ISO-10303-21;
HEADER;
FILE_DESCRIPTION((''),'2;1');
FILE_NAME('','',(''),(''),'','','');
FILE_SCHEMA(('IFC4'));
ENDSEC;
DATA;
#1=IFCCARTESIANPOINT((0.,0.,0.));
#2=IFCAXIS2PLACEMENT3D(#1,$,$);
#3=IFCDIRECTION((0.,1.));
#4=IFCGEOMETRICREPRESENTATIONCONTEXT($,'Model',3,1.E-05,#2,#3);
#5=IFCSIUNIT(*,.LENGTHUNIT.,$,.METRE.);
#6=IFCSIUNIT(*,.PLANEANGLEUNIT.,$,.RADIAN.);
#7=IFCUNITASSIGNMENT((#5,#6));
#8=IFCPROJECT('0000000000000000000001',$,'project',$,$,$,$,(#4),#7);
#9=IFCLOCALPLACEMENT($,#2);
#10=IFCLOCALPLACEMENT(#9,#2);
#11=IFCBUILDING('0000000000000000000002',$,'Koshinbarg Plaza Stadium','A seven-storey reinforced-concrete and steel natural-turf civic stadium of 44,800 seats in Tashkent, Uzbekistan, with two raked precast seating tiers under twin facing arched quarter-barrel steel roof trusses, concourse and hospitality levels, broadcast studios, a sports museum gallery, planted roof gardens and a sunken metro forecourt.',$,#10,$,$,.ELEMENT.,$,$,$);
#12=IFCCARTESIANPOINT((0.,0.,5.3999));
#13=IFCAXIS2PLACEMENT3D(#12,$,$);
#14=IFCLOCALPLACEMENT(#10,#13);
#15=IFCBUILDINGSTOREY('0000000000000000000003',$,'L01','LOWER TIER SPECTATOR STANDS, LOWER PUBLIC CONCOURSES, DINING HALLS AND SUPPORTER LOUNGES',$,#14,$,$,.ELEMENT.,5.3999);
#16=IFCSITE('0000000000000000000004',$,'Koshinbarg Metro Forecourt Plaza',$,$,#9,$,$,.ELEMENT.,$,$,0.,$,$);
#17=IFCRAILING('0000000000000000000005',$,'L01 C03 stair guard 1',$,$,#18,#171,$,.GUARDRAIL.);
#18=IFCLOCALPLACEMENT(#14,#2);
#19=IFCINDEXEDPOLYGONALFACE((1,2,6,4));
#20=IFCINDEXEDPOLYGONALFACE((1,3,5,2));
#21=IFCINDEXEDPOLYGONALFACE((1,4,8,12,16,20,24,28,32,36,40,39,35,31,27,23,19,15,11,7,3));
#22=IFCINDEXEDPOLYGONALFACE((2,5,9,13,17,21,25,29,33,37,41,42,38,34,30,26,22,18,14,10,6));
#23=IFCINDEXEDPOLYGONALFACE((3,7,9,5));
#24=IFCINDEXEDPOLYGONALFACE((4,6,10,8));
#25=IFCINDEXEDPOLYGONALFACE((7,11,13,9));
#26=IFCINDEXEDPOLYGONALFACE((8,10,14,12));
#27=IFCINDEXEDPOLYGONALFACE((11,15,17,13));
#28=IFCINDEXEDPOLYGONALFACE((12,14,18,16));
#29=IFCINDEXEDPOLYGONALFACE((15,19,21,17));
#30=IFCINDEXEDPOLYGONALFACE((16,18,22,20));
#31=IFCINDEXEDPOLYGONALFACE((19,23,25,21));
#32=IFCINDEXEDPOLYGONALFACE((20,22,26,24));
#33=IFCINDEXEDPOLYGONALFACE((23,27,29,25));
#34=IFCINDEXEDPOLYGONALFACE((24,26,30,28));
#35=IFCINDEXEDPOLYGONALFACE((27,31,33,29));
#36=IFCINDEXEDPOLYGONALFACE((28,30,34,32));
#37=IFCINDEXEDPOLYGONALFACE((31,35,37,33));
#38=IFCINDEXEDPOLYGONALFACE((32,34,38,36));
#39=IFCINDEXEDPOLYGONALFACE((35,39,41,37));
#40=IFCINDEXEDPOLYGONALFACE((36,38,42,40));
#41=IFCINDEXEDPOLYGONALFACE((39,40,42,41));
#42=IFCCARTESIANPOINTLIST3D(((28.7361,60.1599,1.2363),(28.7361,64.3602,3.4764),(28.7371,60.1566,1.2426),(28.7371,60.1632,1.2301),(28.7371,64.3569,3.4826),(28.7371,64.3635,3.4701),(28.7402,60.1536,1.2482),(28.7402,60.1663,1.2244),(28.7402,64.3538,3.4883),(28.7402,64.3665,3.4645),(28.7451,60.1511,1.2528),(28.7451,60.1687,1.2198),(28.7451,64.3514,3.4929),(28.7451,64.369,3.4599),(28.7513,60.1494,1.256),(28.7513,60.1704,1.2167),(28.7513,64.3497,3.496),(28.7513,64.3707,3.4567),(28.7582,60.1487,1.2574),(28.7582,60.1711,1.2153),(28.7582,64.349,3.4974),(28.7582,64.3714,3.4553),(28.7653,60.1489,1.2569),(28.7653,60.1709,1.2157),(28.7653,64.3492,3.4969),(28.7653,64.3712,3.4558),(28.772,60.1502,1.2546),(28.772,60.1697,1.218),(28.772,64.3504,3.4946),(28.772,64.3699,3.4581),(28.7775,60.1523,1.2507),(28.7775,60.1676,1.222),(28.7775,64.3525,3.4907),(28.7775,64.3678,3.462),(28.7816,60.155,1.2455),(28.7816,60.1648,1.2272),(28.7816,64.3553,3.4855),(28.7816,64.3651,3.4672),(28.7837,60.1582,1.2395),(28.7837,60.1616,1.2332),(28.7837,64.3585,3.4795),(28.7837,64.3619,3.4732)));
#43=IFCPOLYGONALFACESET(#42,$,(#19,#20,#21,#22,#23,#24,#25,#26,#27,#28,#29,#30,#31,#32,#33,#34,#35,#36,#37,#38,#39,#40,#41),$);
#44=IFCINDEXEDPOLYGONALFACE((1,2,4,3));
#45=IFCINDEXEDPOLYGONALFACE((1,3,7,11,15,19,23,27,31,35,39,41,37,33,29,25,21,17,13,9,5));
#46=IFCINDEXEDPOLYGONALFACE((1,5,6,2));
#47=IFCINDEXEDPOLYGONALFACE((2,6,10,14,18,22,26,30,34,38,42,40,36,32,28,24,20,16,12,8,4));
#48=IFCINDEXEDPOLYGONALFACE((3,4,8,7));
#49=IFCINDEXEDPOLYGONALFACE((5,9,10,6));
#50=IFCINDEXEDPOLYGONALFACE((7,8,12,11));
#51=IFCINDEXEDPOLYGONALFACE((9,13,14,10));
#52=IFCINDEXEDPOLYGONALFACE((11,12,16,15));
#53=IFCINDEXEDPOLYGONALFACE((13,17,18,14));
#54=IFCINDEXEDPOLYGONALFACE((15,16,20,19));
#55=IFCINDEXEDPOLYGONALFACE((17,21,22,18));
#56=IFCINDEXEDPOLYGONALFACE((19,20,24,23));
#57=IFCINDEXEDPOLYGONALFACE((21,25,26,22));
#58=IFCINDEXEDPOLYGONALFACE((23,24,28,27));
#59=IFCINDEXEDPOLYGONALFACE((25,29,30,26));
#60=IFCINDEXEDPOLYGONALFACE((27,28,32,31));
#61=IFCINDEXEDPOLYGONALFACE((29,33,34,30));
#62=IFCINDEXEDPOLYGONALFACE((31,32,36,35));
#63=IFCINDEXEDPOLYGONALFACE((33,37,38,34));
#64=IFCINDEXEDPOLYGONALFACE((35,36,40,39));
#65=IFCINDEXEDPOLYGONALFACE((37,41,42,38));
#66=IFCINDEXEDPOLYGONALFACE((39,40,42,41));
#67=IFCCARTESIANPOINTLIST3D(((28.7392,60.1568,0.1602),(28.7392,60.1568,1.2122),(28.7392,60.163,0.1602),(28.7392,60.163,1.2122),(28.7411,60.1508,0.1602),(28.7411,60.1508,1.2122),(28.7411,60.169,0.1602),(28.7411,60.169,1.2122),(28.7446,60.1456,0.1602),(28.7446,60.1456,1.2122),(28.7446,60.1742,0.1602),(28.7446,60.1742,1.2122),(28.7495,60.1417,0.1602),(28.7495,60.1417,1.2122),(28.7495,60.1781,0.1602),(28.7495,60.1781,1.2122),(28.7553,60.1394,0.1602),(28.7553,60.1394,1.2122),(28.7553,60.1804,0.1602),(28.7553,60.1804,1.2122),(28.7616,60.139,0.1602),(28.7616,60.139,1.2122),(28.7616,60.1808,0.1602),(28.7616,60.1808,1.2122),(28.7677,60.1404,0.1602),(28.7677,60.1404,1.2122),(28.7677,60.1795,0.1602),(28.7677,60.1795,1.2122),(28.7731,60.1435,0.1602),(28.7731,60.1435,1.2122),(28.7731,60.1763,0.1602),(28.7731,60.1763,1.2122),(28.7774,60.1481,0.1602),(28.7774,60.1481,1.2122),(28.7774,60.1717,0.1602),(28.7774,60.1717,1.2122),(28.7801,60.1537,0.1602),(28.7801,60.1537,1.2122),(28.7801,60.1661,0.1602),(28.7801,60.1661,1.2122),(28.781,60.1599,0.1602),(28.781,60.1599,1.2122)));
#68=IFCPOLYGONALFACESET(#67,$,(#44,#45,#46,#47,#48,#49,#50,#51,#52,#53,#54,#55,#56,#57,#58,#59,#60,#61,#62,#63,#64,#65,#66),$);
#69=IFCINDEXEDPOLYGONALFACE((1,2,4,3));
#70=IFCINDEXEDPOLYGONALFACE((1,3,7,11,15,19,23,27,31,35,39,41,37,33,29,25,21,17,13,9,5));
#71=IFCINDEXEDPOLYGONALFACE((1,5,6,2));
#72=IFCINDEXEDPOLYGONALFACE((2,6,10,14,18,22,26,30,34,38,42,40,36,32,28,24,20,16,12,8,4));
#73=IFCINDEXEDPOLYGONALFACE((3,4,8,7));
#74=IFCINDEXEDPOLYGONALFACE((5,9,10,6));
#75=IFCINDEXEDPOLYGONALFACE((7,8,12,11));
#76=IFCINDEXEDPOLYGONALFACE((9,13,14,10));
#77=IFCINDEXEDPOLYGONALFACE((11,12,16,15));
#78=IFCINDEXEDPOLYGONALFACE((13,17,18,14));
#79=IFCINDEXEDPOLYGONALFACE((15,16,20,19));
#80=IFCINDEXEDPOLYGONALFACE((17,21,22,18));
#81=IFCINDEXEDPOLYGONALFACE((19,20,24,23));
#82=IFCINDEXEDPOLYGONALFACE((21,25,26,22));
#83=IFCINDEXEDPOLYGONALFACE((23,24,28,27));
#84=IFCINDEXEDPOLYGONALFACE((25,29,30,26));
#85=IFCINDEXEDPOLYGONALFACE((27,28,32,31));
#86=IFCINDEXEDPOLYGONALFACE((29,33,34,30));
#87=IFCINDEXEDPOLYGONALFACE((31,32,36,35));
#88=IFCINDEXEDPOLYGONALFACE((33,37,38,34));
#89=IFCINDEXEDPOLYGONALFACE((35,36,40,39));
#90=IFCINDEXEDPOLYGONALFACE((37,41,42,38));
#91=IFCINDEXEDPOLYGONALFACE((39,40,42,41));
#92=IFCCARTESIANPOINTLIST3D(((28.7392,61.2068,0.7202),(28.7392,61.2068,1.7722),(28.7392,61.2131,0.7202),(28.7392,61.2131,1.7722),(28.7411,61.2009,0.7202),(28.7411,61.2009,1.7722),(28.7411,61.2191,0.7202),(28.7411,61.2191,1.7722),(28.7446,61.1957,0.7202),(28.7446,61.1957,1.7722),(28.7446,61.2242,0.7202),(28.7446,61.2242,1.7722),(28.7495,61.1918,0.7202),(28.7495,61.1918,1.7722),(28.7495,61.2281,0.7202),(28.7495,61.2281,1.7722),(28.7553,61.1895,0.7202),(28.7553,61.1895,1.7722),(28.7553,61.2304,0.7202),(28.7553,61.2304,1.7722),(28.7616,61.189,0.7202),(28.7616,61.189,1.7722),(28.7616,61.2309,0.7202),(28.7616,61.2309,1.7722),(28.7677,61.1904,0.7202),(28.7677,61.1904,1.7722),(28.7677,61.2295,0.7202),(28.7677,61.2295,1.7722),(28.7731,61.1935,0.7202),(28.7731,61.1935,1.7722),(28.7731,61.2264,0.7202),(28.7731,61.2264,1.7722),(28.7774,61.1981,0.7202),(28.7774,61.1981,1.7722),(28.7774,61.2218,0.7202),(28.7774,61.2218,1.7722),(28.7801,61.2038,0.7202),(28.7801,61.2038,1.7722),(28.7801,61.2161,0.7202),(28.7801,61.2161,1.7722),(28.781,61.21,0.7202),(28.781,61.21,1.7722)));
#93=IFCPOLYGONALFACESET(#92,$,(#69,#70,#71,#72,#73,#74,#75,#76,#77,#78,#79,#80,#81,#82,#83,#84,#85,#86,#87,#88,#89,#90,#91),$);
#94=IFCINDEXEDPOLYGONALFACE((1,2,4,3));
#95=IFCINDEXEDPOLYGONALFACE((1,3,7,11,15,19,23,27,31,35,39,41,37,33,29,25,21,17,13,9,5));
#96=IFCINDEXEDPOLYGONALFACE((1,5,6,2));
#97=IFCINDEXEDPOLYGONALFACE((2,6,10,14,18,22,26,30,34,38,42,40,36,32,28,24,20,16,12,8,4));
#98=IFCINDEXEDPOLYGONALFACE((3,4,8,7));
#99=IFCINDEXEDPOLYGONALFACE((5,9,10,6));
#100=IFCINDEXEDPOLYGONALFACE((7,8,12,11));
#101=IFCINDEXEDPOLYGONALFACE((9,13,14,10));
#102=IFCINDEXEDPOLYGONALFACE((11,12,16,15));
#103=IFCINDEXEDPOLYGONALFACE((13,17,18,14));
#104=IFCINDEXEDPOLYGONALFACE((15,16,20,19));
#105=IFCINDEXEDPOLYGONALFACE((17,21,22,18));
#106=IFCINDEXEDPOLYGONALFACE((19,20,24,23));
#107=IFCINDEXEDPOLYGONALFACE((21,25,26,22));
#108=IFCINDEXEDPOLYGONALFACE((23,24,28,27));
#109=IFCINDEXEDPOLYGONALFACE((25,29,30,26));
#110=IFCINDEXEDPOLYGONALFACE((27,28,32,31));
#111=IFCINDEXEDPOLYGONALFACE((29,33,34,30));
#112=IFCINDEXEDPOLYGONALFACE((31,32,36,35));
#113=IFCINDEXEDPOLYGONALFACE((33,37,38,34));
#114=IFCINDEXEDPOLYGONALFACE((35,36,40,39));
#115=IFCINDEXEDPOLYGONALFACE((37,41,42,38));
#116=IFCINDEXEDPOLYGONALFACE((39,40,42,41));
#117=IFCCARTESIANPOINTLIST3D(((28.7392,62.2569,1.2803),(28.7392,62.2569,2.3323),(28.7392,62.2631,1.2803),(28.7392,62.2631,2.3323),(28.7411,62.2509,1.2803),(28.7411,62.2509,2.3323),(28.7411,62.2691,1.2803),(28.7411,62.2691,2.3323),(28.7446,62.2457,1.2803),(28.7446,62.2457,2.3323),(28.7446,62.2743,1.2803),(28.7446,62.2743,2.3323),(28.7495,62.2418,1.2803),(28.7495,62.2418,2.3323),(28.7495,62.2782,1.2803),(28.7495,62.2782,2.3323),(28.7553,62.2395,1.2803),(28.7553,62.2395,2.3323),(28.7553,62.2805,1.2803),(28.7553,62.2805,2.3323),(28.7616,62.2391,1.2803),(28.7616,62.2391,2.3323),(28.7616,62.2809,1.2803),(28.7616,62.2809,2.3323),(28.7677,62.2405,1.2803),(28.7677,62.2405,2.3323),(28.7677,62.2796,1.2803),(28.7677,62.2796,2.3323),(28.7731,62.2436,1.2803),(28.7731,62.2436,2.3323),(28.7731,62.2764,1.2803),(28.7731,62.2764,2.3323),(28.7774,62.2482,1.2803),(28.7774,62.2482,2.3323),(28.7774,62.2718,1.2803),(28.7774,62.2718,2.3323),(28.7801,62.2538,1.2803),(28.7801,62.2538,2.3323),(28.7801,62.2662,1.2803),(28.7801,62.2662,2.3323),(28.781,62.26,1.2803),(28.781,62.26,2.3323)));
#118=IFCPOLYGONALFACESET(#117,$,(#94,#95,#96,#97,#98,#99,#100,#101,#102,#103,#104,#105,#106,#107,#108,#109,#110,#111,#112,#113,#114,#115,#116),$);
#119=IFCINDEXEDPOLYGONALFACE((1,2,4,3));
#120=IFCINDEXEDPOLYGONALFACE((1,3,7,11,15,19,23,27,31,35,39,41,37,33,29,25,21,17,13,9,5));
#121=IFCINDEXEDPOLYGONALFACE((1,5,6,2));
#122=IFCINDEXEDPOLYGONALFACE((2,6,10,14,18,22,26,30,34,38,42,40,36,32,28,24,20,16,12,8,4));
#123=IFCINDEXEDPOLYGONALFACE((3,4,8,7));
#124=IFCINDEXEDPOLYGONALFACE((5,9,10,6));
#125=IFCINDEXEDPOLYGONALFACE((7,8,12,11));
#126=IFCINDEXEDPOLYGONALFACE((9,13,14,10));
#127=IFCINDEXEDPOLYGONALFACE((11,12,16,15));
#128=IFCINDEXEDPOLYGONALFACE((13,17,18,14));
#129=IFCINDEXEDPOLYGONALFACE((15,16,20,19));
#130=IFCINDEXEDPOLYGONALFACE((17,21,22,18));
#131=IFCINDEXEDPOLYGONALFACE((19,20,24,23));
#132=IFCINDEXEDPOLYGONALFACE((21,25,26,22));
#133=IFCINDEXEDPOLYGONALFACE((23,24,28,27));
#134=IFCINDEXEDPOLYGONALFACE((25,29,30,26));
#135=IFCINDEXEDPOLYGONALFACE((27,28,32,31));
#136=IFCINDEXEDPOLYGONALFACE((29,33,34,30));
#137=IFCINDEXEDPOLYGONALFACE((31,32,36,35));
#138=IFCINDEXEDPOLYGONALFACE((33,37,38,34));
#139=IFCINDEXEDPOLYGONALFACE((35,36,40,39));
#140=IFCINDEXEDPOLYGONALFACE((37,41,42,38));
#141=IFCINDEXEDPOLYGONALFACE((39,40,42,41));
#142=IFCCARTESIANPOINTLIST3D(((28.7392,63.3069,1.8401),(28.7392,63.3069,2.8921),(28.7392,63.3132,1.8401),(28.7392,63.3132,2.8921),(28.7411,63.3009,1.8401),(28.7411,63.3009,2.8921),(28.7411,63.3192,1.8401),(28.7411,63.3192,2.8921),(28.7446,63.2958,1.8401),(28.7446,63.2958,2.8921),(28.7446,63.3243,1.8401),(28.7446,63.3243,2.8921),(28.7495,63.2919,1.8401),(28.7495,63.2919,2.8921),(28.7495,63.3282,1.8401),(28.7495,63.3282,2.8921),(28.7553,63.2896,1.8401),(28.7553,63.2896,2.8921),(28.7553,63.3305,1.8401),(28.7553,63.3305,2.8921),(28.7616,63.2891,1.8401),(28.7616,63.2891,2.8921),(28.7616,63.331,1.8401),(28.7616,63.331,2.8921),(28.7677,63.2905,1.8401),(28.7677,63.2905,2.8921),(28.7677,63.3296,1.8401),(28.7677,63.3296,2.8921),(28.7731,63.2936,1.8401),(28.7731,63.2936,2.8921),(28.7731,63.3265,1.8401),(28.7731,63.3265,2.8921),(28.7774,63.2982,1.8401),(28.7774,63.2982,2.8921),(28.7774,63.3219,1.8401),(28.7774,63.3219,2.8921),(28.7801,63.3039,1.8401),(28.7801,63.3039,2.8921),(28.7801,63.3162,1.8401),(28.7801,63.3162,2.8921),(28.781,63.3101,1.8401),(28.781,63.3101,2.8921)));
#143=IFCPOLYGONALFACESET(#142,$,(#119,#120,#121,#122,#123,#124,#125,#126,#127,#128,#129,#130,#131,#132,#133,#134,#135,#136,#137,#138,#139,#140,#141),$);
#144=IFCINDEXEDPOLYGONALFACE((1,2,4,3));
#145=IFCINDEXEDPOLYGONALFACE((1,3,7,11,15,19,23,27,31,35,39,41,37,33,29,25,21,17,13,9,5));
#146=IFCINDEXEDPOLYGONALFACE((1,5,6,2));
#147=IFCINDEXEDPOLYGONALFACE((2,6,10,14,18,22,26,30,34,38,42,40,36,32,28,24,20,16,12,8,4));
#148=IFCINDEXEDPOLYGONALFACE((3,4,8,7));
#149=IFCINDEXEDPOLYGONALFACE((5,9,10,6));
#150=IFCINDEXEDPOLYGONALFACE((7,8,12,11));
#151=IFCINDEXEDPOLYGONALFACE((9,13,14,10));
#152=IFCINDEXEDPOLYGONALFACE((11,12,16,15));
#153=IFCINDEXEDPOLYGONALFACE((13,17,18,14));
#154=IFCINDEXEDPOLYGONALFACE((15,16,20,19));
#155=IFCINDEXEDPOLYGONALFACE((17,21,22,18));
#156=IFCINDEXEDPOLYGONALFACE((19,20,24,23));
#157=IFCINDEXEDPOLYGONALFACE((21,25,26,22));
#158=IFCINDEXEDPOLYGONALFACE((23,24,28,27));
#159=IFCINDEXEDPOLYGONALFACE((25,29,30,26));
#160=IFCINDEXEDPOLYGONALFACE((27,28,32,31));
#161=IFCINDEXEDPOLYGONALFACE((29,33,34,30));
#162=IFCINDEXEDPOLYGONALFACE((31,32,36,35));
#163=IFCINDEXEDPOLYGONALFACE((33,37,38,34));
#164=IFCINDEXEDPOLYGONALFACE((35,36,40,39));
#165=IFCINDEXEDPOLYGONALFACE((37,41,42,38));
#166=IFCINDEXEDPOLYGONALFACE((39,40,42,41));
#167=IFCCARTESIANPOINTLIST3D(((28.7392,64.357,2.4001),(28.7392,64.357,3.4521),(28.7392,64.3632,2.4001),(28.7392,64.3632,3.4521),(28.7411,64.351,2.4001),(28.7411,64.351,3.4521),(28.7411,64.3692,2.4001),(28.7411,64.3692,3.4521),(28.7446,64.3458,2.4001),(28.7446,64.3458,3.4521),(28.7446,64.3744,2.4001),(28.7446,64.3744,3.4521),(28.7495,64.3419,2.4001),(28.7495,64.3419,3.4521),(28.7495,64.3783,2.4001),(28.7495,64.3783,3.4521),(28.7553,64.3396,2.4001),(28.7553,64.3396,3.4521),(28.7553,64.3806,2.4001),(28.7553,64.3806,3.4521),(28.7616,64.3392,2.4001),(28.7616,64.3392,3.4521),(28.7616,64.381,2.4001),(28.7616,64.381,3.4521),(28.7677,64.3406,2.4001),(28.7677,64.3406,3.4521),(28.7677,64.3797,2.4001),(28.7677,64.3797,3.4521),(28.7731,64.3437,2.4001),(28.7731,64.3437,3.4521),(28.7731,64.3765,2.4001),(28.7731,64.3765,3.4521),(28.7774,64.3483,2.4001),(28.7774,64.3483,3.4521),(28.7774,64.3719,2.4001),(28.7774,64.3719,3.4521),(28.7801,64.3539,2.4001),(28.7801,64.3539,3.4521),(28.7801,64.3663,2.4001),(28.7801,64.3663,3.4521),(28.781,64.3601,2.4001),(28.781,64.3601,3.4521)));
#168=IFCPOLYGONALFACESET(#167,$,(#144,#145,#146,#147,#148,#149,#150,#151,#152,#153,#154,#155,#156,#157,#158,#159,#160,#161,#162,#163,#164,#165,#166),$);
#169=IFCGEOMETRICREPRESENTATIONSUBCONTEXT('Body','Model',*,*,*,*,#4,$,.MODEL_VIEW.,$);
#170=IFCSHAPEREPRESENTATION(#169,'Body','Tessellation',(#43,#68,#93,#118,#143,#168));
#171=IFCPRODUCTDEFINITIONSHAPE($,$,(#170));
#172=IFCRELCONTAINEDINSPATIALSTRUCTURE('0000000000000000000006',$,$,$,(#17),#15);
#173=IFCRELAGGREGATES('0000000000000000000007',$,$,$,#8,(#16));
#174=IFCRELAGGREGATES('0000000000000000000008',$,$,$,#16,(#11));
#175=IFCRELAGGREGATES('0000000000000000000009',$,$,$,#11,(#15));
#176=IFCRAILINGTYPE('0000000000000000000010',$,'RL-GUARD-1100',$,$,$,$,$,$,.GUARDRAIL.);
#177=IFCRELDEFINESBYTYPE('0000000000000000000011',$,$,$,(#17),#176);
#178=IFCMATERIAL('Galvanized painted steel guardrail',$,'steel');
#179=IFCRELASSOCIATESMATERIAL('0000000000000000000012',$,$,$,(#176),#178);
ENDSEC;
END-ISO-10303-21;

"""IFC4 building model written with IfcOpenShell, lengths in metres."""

from ifc_helpers import new_model, si_unit, direction, frame, origin, origin_2d, place, context, subcontext, project, spatial, circle, extrude, material, type_object, element, save


model = new_model("IFC4")

# Units and contexts
model_context = context("Model", 3, precision=1e-05, world=origin(), true_north=direction((0.0, 1.0)))
body_context = subcontext(model_context, "Body", "Model", "MODEL_VIEW")
ifc_project = project(units=[si_unit("LENGTHUNIT", "METRE"), si_unit("PLANEANGLEUNIT", "RADIAN")], contexts=[model_context])

# Site, building, storey
site_placement = place(None, origin())
site = spatial("IfcSite", under=ifc_project, at=site_placement, Name="Koshinbarg Metro Forecourt Plaza", CompositionType="ELEMENT", RefElevation=0.0)
building_placement = place(site_placement, origin())
building = spatial("IfcBuilding", under=site, at=building_placement, Name="Koshinbarg Plaza Stadium", Description="A seven-storey reinforced-concrete and steel natural-turf civic stadium of 44,800 seats in Tashkent, Uzbekistan, with two raked precast seating tiers under twin facing arched quarter-barrel steel roof trusses, concourse and hospitality levels, broadcast studios, a sports museum gallery, planted roof gardens and a sunken metro forecourt.", CompositionType="ELEMENT")
storey_placement = place(building_placement, frame((0.0, 0.0, 5.3999)))
storey = spatial("IfcBuildingStorey", under=building, at=storey_placement, Name="L01", Description="LOWER TIER SPECTATOR STANDS, LOWER PUBLIC CONCOURSES, DINING HALLS AND SUPPORTER LOUNGES", CompositionType="ELEMENT", Elevation=5.3999)

# Railing
ifc_material_1 = material(Name="Galvanized painted steel guardrail", Category="steel")
railing_type_1 = type_object("IfcRailingType", Name="RL-GUARD-1100", PredefinedType="GUARDRAIL", material=ifc_material_1)
railing_1_placement = place(storey_placement, frame((28.76, 60.1599, 0.1602)))
element("IfcRailing", 1, at=railing_1_placement, inside=storey, type_object=railing_type_1, Name="L01 C03 stair guard 1", PredefinedType="GUARDRAIL", context=body_context, shape_type="SweptSolid", body=[
    extrude(circle(Radius=0.0239, at=origin_2d()), frame((0.0, 0.0, 1.0762), z_axis=(0.0, 0.882363, 0.47057), x_axis=(-1.0, 0.0, 0.0)), (0.0, 0.0, 1.0), 4.7603),
    extrude(circle(Radius=0.021, at=origin_2d()), origin(), (0.0, 0.0, 1.0), 1.052),
    extrude(circle(Radius=0.021, at=origin_2d()), frame((0.0, 1.05, 0.5601)), (0.0, 0.0, 1.0), 1.052),
    extrude(circle(Radius=0.021, at=origin_2d()), frame((0.0, 2.1001, 1.1201)), (0.0, 0.0, 1.0), 1.052),
    extrude(circle(Radius=0.021, at=origin_2d()), frame((0.0, 3.1501, 1.6799)), (0.0, 0.0, 1.0), 1.052),
    extrude(circle(Radius=0.021, at=origin_2d()), frame((0.0, 4.2002, 2.24)), (0.0, 0.0, 1.0), 1.052),
])

save(model, "model.ifc")
